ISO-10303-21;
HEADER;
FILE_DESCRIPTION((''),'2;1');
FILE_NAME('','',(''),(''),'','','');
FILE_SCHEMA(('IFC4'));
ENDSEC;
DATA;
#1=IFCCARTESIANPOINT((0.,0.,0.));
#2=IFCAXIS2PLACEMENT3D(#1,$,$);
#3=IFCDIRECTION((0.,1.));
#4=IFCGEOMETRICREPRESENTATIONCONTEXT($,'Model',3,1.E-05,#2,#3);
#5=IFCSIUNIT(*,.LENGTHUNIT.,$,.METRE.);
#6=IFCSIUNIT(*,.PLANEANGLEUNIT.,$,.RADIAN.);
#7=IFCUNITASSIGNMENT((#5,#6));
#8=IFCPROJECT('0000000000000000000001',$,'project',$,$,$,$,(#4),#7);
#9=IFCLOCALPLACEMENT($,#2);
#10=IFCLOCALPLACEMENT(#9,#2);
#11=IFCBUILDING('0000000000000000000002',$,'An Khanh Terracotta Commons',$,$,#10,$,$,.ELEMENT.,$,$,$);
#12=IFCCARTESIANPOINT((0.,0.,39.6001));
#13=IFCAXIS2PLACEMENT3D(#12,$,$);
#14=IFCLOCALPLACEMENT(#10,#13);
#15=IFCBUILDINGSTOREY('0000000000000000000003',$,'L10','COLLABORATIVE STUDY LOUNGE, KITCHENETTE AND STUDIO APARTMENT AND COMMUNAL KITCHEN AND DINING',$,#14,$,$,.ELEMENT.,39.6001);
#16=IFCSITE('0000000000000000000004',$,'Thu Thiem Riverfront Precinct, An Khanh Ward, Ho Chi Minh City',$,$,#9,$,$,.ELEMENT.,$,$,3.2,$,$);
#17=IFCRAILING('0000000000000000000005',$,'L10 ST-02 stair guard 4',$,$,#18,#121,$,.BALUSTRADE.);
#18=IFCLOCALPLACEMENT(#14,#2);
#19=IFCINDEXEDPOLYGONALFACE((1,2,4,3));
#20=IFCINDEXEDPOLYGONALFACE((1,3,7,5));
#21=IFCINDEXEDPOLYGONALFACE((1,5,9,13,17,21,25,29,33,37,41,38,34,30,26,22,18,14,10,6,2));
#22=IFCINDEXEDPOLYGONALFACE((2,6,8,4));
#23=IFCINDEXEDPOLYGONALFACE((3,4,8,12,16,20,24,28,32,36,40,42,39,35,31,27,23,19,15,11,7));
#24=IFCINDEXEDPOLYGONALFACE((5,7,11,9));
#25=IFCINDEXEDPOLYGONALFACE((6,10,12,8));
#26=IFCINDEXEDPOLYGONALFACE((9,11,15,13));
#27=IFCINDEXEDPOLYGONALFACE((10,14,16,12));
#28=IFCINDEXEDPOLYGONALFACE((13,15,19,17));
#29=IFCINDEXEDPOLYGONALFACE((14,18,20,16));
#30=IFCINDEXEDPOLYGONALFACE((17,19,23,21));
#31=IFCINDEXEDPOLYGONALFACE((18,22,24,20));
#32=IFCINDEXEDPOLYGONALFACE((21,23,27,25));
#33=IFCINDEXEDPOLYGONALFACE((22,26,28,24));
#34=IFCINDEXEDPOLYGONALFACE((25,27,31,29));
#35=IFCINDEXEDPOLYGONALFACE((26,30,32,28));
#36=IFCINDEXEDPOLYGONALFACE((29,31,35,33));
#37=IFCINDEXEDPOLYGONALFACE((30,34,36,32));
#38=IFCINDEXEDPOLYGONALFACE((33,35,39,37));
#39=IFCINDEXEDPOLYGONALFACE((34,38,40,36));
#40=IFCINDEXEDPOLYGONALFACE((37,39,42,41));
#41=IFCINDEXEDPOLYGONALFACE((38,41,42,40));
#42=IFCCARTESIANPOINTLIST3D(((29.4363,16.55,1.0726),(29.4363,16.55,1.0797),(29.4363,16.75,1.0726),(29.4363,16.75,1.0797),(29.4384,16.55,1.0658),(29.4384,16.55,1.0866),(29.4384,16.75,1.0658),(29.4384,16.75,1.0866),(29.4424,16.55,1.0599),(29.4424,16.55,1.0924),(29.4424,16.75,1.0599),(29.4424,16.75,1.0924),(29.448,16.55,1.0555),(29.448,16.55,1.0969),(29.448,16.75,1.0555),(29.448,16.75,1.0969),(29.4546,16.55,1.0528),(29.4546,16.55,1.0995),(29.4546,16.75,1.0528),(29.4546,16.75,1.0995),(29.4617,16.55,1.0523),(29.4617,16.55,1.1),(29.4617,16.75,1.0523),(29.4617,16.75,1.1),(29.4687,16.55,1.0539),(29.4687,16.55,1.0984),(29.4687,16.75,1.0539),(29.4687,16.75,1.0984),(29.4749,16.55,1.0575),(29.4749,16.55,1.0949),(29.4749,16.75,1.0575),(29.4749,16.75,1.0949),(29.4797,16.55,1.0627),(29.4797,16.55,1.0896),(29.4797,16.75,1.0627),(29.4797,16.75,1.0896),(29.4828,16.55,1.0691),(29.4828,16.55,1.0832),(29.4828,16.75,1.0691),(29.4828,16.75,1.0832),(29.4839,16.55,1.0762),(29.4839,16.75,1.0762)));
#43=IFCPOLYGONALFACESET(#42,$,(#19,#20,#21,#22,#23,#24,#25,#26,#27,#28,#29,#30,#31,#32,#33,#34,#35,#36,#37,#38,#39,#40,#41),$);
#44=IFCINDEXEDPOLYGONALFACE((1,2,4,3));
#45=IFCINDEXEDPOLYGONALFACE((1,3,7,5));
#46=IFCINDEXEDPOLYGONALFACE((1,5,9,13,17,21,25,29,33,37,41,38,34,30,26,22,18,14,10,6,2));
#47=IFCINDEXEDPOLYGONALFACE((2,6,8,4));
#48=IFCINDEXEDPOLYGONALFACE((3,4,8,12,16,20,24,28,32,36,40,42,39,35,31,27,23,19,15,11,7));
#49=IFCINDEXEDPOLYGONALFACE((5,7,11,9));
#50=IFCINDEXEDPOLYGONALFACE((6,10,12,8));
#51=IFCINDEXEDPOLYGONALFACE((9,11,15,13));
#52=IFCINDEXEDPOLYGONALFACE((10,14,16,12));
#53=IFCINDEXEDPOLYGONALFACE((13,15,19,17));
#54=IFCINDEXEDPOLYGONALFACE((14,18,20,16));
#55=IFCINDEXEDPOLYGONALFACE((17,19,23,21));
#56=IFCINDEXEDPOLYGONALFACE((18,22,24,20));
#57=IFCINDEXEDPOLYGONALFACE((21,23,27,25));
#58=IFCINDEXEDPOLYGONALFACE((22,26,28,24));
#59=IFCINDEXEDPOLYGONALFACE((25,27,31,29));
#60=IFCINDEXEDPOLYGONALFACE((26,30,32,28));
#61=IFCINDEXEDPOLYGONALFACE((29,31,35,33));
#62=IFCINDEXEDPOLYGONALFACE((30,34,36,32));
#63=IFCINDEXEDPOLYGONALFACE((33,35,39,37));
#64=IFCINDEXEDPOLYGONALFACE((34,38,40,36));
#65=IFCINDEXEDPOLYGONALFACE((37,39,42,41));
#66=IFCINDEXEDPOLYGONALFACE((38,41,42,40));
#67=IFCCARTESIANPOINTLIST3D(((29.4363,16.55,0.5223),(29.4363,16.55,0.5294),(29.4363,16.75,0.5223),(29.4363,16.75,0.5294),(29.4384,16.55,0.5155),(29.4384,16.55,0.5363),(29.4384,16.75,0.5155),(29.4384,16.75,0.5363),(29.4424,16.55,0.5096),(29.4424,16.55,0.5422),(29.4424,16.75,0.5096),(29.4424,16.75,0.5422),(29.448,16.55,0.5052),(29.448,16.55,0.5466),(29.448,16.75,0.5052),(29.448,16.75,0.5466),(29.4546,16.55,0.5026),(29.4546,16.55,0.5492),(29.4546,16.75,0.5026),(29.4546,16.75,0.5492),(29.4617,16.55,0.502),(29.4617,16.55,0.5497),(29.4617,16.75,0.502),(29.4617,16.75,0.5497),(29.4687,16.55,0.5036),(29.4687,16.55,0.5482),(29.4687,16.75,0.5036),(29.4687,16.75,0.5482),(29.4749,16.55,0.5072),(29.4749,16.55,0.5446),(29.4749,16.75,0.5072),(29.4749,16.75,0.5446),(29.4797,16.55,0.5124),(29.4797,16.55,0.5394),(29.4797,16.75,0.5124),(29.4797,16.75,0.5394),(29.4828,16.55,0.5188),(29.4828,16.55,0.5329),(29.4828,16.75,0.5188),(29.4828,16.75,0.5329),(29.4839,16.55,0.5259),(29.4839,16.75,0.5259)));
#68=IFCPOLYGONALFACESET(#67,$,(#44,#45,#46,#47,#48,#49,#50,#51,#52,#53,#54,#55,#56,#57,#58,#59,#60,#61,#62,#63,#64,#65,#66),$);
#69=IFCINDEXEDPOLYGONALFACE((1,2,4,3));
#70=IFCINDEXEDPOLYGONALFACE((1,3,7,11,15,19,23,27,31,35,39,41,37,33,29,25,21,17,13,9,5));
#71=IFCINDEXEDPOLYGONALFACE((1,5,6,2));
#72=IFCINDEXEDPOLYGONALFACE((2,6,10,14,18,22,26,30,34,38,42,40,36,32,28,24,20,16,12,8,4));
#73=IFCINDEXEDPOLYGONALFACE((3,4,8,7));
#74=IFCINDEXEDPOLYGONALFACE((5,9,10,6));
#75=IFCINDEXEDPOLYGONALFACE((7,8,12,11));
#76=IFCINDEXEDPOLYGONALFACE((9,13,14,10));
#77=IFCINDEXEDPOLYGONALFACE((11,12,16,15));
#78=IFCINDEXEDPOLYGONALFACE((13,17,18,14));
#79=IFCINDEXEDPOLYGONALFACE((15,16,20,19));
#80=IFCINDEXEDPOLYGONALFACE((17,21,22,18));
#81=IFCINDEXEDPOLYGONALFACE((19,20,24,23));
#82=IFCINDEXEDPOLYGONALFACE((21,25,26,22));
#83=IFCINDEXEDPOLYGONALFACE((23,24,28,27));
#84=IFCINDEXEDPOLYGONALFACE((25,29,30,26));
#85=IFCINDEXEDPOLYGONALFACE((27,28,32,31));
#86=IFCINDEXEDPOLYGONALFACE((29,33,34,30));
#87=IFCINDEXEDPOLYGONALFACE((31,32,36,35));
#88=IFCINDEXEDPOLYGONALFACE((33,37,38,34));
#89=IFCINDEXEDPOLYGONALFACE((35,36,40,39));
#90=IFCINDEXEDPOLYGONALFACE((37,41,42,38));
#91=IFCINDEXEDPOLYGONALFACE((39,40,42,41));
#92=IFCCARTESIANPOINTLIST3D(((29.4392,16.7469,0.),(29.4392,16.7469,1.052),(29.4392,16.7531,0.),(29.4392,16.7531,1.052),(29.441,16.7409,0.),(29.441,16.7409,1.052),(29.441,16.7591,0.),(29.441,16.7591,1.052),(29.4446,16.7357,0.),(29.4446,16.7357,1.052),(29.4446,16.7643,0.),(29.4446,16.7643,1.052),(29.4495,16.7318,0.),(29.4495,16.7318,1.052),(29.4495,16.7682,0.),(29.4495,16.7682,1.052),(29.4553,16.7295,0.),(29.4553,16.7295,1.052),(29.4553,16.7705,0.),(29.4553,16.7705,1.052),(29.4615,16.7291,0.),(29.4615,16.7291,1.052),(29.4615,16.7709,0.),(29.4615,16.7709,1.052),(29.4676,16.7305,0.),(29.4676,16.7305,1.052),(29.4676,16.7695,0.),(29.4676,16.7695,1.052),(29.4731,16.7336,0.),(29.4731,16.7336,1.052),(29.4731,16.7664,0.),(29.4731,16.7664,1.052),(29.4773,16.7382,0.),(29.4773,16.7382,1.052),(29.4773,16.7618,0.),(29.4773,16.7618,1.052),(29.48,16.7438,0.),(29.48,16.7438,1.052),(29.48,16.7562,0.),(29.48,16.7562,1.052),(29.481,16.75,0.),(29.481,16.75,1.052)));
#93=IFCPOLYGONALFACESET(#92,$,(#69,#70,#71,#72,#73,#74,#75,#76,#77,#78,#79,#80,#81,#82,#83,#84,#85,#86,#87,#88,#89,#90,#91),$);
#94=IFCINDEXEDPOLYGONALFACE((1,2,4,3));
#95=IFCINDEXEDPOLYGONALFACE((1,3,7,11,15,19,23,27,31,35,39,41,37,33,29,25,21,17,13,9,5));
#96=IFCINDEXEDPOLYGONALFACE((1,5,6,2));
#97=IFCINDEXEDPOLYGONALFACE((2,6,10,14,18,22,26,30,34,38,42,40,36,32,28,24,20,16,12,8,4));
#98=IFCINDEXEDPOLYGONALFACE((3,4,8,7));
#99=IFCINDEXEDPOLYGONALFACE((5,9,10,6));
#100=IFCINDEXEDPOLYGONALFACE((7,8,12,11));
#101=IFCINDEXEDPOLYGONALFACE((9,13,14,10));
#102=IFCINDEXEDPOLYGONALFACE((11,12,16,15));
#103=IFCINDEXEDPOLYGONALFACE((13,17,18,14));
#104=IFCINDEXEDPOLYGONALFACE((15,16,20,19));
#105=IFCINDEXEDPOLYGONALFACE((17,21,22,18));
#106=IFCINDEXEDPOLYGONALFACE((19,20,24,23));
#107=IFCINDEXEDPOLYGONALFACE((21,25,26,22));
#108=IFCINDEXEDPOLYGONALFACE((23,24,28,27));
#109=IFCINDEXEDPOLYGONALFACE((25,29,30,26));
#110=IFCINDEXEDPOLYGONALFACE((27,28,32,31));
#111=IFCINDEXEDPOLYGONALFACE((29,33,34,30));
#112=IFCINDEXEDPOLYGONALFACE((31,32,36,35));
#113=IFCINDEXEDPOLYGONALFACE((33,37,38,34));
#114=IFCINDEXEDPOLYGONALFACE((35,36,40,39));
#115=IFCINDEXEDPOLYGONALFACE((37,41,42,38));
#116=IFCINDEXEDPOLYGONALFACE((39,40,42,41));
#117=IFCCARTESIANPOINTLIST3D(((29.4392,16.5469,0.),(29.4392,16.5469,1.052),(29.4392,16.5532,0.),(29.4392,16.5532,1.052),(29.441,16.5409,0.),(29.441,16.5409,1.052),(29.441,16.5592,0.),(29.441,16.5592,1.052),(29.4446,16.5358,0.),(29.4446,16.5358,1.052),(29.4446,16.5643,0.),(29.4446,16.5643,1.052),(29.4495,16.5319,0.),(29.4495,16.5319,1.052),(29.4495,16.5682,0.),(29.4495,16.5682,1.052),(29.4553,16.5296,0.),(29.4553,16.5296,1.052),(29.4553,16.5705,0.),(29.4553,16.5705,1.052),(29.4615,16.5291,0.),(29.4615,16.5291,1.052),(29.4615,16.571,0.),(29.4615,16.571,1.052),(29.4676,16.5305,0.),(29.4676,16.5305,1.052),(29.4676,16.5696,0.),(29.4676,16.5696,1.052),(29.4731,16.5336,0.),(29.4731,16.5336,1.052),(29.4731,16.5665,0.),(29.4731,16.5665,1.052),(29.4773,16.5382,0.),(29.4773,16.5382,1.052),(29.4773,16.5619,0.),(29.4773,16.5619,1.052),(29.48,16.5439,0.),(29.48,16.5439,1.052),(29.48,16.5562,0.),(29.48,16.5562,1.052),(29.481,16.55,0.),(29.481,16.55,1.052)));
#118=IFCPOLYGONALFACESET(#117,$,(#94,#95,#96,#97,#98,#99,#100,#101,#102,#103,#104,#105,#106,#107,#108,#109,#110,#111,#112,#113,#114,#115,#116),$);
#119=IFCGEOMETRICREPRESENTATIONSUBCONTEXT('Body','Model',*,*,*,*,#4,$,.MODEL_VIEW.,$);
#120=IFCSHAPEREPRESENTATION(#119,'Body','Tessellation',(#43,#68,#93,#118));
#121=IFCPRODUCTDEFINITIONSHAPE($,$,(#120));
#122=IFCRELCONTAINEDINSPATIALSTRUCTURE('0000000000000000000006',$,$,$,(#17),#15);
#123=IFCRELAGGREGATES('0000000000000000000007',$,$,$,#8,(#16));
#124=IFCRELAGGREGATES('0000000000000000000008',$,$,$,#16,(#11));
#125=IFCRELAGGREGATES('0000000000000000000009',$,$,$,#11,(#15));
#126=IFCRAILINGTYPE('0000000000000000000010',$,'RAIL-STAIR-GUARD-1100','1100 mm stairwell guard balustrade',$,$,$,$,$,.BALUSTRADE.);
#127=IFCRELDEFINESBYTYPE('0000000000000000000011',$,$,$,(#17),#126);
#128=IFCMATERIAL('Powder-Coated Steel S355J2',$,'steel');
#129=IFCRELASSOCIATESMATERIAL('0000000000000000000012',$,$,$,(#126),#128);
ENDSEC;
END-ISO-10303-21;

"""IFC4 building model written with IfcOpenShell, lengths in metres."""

from ifc_helpers import new_model, si_unit, direction, frame, origin, origin_2d, place, context, subcontext, project, spatial, circle, extrude, material, type_object, element, save


model = new_model("IFC4")

# Units and contexts
model_context = context("Model", 3, precision=1e-05, world=origin(), true_north=direction((0.0, 1.0)))
body_context = subcontext(model_context, "Body", "Model", "MODEL_VIEW")
ifc_project = project(units=[si_unit("LENGTHUNIT", "METRE"), si_unit("PLANEANGLEUNIT", "RADIAN")], contexts=[model_context])

# Site, building, storey
site_placement = place(None, origin())
site = spatial("IfcSite", under=ifc_project, at=site_placement, Name="Thu Thiem Riverfront Precinct, An Khanh Ward, Ho Chi Minh City", CompositionType="ELEMENT", RefElevation=3.2)
building_placement = place(site_placement, origin())
building = spatial("IfcBuilding", under=site, at=building_placement, Name="An Khanh Terracotta Commons", CompositionType="ELEMENT")
storey_placement = place(building_placement, frame((0.0, 0.0, 39.6001)))
storey = spatial("IfcBuildingStorey", under=building, at=storey_placement, Name="L10", Description="COLLABORATIVE STUDY LOUNGE, KITCHENETTE AND STUDIO APARTMENT AND COMMUNAL KITCHEN AND DINING", CompositionType="ELEMENT", Elevation=39.6001)

# Railing
ifc_material_1 = material(Name="Powder-Coated Steel S355J2", Category="steel")
railing_type_1 = type_object("IfcRailingType", Name="RAIL-STAIR-GUARD-1100", Description="1100 mm stairwell guard balustrade", PredefinedType="BALUSTRADE", material=ifc_material_1)
railing_1_placement = place(storey_placement, frame((29.46, 16.75, 0.0)))
element("IfcRailing", 1, at=railing_1_placement, inside=storey, type_object=railing_type_1, Name="L10 ST-02 stair guard 4", PredefinedType="BALUSTRADE", context=body_context, shape_type="SweptSolid", body=[
    extrude(circle(Radius=0.0239, at=origin_2d()), frame((0.0, 0.0, 1.0762), z_axis=(0.0, -1.0, 0.0), x_axis=(1.0, 0.0, 0.0)), (0.0, 0.0, 1.0), 0.2),
    extrude(circle(Radius=0.0239, at=origin_2d()), frame((0.0, 0.0, 0.5259), z_axis=(0.0, -1.0, 0.0), x_axis=(1.0, 0.0, 0.0)), (0.0, 0.0, 1.0), 0.2),
    extrude(circle(Radius=0.021, at=origin_2d()), origin(), (0.0, 0.0, 1.0), 1.052),
    extrude(circle(Radius=0.021, at=origin_2d()), frame((0.0, -0.2, 0.0)), (0.0, 0.0, 1.0), 1.052),
])

save(model, "model.ifc")
